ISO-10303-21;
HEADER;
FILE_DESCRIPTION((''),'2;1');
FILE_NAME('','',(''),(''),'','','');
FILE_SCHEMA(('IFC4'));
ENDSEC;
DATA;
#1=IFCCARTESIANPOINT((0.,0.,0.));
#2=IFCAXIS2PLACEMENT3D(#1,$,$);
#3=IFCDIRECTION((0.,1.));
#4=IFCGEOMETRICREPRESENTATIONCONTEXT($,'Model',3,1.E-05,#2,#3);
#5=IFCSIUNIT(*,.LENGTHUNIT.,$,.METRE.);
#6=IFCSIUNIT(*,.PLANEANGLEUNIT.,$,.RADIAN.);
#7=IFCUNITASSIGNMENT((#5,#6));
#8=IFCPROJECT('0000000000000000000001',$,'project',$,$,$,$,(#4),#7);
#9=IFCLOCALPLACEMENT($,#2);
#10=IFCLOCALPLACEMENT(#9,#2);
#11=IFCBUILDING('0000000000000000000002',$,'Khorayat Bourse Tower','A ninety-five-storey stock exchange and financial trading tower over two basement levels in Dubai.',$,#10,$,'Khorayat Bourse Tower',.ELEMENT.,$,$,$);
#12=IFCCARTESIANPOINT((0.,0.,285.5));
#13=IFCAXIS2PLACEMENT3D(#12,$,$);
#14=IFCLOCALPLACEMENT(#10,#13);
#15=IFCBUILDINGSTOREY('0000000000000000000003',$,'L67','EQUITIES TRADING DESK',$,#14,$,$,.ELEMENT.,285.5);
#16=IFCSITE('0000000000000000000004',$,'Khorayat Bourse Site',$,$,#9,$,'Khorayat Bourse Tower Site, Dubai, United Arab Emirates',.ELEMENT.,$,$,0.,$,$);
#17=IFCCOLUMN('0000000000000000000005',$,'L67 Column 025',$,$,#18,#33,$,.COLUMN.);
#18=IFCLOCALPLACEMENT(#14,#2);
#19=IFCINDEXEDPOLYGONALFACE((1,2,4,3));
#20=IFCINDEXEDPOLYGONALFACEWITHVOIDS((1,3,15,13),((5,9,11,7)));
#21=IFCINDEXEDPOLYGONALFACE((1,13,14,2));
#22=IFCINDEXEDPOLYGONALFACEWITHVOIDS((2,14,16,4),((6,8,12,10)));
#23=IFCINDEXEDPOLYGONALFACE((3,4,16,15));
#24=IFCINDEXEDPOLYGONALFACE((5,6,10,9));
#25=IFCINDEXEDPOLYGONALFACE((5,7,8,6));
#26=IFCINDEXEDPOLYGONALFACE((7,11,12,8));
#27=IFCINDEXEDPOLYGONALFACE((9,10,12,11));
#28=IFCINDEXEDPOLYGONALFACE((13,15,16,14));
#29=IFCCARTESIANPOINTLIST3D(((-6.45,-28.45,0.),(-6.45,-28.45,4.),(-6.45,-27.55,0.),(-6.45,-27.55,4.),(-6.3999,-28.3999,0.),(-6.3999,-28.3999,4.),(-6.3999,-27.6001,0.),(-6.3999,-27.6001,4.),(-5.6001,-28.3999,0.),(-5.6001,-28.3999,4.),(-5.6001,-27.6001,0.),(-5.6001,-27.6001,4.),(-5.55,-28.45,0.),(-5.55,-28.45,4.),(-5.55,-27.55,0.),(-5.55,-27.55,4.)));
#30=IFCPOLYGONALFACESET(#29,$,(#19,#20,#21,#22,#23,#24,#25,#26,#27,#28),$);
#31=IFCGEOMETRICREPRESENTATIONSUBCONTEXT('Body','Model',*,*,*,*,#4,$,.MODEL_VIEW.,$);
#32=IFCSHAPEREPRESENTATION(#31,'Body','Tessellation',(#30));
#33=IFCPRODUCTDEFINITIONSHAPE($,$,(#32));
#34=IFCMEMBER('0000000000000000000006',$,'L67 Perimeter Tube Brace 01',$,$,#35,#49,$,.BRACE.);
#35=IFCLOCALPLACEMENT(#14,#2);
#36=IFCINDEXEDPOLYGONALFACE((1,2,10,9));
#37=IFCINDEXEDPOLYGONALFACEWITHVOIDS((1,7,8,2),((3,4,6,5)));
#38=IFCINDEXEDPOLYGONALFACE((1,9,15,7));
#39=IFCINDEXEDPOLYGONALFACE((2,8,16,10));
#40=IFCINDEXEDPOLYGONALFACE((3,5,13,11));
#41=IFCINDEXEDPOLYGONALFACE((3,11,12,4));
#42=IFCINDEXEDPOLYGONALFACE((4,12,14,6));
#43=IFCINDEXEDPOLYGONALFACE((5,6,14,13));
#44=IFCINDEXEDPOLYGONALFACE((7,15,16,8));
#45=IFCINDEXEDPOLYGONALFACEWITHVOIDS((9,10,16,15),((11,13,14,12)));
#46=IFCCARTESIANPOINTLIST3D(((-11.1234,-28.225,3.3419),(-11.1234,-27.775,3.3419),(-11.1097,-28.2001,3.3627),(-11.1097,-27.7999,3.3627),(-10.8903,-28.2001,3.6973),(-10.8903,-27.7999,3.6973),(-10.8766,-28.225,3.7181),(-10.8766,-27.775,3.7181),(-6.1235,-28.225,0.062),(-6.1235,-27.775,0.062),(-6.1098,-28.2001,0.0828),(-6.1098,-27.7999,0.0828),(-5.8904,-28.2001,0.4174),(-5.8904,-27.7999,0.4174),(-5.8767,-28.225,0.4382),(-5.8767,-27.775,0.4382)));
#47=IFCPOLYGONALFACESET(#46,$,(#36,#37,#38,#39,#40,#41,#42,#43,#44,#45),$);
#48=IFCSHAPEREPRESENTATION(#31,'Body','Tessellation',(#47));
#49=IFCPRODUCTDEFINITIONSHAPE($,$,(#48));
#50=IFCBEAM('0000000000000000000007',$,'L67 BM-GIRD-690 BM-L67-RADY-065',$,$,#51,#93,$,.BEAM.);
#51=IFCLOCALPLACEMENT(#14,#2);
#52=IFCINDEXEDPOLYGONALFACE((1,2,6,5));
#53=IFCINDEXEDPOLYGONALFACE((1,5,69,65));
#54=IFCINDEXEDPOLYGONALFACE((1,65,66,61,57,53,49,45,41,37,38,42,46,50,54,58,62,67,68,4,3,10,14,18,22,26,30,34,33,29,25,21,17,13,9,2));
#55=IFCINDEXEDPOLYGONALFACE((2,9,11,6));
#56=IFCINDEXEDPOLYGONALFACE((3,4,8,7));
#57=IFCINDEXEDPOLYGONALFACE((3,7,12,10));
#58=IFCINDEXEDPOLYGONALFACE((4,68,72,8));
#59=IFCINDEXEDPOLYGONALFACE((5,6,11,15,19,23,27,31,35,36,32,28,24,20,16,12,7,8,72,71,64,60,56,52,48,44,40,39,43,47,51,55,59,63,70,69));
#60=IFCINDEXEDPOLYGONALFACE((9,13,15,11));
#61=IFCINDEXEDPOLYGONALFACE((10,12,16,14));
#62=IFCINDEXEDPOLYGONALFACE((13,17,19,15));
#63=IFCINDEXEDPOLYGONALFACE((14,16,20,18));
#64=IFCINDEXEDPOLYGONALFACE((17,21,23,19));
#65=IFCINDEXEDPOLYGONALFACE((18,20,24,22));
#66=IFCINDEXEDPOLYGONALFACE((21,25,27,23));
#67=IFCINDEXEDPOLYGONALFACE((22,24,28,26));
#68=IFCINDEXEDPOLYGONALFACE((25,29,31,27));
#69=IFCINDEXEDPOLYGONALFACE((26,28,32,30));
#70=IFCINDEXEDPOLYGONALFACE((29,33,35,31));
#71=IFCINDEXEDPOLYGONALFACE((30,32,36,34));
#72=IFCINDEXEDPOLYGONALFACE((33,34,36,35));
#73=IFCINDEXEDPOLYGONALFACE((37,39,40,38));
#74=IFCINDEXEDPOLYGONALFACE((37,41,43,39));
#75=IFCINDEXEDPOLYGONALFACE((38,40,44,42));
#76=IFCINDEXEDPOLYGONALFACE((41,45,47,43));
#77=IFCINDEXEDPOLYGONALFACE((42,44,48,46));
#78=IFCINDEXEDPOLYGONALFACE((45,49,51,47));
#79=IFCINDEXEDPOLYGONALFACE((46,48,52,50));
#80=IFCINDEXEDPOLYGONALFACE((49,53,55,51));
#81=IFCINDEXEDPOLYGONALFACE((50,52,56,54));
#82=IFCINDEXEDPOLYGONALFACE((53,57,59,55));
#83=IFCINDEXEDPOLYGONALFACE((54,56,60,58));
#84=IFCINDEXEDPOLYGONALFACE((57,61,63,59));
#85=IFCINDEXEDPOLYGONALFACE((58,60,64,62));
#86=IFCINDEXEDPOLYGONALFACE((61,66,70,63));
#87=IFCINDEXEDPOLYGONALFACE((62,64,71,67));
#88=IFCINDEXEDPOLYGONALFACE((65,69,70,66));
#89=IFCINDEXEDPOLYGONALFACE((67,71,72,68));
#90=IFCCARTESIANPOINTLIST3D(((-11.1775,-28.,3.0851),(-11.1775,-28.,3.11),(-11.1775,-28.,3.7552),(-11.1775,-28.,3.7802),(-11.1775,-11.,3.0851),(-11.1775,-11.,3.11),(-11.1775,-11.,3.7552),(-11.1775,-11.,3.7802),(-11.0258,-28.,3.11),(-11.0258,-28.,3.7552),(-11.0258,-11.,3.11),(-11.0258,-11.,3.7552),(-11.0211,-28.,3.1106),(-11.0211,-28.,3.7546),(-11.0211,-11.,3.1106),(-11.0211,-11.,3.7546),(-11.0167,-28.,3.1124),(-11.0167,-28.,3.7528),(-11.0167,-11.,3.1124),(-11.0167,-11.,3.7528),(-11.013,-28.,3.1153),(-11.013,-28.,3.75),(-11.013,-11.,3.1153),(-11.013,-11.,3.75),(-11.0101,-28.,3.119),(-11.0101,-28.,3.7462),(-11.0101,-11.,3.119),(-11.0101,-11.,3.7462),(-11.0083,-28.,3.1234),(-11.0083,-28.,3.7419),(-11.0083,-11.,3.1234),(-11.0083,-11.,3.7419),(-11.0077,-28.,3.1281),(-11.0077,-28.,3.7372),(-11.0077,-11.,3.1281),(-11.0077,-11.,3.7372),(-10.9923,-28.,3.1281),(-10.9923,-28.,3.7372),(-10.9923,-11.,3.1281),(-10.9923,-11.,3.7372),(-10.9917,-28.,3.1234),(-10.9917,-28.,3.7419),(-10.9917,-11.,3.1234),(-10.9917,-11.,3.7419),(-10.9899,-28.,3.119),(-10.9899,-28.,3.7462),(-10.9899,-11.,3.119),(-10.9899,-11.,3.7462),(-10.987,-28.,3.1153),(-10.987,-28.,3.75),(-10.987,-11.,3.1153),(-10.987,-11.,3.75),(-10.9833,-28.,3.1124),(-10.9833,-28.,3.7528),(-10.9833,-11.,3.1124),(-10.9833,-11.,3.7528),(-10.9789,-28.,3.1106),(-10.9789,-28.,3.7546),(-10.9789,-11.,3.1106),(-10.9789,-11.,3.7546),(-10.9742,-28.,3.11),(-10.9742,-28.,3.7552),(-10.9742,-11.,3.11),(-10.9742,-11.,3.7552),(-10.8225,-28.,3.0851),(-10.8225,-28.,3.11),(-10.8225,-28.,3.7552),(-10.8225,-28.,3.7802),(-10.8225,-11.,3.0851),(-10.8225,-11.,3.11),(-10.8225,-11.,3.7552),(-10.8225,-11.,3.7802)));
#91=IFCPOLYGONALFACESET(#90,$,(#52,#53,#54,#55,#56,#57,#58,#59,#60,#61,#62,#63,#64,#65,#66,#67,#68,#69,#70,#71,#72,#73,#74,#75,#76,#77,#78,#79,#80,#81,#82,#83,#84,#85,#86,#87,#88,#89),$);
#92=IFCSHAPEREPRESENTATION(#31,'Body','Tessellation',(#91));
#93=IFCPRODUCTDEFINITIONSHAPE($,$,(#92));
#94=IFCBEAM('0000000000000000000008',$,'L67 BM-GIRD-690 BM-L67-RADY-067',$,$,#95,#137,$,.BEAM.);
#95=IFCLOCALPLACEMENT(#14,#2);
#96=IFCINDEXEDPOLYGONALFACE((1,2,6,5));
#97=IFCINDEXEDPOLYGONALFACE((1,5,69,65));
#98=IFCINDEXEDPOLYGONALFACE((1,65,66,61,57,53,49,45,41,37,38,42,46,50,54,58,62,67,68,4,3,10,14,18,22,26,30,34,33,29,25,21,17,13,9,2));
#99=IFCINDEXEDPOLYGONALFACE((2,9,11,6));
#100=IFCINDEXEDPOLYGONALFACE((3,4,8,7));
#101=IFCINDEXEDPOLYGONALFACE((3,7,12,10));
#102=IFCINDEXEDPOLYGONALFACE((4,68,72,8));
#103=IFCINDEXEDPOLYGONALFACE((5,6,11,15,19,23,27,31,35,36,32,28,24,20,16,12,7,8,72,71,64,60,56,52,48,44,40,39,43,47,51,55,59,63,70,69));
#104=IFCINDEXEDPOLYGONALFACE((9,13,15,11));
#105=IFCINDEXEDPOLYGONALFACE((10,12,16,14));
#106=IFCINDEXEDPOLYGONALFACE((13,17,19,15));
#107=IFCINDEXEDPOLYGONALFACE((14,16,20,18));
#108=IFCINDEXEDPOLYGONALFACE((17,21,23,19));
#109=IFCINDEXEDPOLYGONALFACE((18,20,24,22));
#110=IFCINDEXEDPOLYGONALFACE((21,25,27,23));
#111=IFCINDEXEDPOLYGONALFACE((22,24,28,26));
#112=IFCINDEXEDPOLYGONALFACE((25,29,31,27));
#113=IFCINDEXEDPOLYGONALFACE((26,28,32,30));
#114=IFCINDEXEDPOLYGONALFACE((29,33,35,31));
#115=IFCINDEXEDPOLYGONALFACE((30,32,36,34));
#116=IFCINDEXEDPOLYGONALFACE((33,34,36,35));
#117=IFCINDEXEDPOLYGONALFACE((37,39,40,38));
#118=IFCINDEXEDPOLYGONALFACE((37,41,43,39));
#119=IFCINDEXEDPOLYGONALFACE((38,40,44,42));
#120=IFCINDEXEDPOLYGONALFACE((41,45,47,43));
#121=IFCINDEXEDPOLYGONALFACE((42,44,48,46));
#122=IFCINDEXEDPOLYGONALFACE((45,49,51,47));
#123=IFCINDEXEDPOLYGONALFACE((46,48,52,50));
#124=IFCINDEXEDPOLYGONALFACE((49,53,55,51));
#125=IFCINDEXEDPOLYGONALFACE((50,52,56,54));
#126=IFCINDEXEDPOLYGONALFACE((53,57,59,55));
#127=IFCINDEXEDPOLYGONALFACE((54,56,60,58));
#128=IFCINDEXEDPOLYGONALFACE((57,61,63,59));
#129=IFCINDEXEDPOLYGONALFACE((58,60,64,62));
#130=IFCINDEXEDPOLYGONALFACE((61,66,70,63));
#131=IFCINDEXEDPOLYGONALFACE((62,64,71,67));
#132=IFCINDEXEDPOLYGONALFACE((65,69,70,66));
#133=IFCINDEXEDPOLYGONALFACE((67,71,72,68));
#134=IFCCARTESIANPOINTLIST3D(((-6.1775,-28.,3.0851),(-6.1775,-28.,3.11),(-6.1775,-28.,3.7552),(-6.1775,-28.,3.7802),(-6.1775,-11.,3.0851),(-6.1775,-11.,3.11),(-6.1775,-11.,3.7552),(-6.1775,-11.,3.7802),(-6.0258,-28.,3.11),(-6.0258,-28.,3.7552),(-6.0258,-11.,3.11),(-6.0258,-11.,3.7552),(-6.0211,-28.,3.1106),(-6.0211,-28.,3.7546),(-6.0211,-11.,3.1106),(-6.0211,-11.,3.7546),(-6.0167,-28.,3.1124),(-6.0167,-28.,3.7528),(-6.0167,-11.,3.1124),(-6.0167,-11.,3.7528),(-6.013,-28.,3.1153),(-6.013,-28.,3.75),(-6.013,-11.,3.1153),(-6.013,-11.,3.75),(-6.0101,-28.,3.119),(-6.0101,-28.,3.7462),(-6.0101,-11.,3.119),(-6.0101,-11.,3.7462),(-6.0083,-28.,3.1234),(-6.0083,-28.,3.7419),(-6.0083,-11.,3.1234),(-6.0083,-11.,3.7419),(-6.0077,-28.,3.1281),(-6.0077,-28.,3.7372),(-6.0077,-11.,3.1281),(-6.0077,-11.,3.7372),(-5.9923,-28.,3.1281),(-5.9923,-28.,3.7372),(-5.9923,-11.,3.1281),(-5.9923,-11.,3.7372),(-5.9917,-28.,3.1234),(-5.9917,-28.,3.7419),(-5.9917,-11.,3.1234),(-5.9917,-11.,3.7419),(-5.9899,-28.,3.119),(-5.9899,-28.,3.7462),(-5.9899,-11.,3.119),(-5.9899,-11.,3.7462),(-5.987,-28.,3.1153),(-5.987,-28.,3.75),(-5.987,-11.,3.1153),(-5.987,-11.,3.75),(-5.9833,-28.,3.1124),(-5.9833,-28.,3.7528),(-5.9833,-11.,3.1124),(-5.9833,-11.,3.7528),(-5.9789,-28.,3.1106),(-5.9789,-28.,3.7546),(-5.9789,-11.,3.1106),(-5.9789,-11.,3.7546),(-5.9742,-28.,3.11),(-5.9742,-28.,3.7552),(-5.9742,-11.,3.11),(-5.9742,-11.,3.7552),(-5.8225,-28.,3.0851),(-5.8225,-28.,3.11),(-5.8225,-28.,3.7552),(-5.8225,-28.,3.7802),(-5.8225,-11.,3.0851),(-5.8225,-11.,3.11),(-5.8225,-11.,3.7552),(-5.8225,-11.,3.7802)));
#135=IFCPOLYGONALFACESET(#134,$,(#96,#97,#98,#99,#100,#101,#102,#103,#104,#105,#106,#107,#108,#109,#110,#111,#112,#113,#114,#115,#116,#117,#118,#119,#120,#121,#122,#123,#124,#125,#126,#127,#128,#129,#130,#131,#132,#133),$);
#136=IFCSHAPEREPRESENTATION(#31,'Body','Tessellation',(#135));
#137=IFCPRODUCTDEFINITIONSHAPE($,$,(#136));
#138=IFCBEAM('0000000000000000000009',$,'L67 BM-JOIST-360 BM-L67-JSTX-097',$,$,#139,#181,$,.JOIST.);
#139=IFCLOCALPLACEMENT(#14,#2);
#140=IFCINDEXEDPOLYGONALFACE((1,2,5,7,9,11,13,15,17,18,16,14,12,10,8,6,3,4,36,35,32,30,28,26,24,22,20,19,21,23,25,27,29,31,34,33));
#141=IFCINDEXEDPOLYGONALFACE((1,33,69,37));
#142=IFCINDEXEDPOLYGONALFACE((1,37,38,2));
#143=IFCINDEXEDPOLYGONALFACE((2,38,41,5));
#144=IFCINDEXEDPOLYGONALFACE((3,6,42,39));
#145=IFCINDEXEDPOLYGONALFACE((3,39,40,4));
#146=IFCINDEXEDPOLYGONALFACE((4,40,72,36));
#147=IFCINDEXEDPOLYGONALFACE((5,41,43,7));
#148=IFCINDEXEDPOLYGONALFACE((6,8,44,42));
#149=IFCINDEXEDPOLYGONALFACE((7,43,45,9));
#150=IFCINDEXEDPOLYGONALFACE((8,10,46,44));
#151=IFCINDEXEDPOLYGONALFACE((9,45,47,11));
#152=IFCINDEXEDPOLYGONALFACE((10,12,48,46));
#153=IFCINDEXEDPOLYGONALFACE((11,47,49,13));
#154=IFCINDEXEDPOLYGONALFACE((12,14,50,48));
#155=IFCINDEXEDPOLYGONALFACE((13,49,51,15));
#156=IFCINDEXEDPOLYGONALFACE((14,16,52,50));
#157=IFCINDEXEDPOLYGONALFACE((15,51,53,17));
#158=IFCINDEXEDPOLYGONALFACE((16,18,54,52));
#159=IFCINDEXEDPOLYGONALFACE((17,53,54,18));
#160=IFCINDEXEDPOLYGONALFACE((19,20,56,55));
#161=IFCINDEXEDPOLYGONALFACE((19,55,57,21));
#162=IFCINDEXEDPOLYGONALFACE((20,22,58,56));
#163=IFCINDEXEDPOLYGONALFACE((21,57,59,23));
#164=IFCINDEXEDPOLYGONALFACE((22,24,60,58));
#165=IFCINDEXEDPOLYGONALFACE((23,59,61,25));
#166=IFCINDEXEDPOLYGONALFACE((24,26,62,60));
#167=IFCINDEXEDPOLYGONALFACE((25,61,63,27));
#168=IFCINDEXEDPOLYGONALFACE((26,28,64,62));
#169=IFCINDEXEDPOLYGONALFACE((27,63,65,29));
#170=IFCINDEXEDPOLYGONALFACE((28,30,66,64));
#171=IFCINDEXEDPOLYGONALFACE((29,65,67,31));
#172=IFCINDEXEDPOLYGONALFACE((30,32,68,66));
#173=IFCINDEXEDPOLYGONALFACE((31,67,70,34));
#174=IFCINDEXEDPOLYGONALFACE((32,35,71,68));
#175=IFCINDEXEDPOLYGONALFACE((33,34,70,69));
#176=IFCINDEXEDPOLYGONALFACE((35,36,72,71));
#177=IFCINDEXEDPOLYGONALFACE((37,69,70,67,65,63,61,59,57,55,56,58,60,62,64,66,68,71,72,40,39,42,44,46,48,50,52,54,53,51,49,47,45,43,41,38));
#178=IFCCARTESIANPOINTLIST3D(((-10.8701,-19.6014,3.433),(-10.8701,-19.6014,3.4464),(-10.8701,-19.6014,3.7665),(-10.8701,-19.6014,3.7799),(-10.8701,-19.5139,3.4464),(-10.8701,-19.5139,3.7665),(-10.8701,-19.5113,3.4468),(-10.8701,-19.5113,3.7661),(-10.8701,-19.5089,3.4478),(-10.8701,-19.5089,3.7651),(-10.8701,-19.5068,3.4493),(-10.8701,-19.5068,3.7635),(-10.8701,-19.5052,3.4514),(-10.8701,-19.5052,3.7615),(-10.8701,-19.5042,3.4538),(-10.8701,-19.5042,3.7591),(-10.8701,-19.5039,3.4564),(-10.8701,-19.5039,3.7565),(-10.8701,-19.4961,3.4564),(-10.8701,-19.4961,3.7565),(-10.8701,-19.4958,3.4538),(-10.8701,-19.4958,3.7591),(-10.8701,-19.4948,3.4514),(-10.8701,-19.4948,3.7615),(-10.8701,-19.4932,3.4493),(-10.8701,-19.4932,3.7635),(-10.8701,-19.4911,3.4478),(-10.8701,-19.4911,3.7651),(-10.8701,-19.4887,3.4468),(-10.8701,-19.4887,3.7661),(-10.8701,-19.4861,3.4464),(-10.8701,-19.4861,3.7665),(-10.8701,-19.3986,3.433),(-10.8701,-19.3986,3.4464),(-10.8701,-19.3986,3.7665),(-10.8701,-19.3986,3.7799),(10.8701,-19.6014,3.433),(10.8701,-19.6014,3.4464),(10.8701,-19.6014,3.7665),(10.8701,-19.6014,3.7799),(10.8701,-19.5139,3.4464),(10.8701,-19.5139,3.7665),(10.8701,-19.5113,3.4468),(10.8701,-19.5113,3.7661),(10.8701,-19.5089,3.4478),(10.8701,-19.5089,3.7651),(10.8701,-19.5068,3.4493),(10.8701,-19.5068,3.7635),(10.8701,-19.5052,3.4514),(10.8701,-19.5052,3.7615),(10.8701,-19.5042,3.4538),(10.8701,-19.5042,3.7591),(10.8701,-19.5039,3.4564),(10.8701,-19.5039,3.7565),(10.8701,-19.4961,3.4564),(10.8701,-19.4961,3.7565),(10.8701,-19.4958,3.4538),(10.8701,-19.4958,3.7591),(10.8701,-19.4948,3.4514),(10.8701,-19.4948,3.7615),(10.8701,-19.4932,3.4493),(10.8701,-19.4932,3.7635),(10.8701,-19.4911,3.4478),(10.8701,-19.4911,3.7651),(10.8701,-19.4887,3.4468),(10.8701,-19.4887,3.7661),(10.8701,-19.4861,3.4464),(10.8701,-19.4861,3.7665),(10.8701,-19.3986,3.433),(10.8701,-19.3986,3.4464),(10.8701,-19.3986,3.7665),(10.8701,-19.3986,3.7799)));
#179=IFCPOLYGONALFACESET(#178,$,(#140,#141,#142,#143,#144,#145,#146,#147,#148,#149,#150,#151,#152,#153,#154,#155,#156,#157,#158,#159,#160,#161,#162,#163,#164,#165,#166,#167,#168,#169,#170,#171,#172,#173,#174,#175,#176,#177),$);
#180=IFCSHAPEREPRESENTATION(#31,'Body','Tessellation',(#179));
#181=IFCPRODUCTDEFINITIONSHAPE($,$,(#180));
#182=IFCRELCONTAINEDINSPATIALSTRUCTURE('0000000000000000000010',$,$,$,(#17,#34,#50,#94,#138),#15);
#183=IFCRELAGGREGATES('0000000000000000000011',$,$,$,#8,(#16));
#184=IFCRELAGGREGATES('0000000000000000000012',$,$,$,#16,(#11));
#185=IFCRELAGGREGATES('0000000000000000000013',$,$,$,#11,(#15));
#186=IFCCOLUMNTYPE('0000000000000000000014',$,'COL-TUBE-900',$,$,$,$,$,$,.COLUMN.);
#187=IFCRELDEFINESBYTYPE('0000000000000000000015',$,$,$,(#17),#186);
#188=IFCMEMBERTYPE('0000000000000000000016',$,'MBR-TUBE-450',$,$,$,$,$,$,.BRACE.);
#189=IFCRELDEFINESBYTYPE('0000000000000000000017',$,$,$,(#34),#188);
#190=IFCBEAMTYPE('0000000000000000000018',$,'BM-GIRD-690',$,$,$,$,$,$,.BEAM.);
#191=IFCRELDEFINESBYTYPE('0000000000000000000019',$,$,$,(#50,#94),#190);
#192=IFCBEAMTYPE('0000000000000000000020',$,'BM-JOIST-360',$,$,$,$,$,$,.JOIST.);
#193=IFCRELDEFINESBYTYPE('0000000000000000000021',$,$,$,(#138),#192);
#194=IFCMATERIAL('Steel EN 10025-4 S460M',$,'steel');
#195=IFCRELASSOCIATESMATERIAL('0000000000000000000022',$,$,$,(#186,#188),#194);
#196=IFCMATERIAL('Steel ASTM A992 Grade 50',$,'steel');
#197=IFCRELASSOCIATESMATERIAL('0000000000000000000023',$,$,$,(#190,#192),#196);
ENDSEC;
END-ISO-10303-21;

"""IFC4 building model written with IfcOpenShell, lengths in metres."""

from ifc_helpers import new_model, si_unit, direction, frame, origin, origin_2d, place, context, subcontext, project, spatial, hollow_rectangle, i_section, extrude, source, transform, mapped, material, material_profile, profile_set, type_object, element, save


model = new_model("IFC4")

# Units and contexts
model_context = context("Model", 3, precision=1e-05, world=origin(), true_north=direction((0.0, 1.0)))
body_context = subcontext(model_context, "Body", "Model", "MODEL_VIEW")
ifc_project = project(units=[si_unit("LENGTHUNIT", "METRE"), si_unit("PLANEANGLEUNIT", "RADIAN")], contexts=[model_context])

# Site, building, storey
site_placement = place(None, origin())
site = spatial("IfcSite", under=ifc_project, at=site_placement, Name="Khorayat Bourse Site", LongName="Khorayat Bourse Tower Site, Dubai, United Arab Emirates", CompositionType="ELEMENT", RefElevation=0.0)
building_placement = place(site_placement, origin())
building = spatial("IfcBuilding", under=site, at=building_placement, Name="Khorayat Bourse Tower", Description="A ninety-five-storey stock exchange and financial trading tower over two basement levels in Dubai.", LongName="Khorayat Bourse Tower", CompositionType="ELEMENT")
storey_placement = place(building_placement, frame((0.0, 0.0, 285.5)))
storey = spatial("IfcBuildingStorey", under=building, at=storey_placement, Name="L67", Description="EQUITIES TRADING DESK", CompositionType="ELEMENT", Elevation=285.5)

# Column
ifc_material_1 = material(Name="Steel EN 10025-4 S460M", Category="steel")
ifc_material_profile_1 = material_profile(ifc_material_1, hollow_rectangle(XDim=0.8999, YDim=0.8999, WallThickness=0.05, at=origin_2d()), Name="BOX 900x900x50")
ifc_profile_set_1 = profile_set([ifc_material_profile_1], Name="Steel EN 10025-4 S460M")
column_type = type_object("IfcColumnType", Name="COL-TUBE-900", PredefinedType="COLUMN", material=ifc_profile_set_1)
shared_shape_1 = source(origin(), body_context, "Body", "SweptSolid", [
    extrude(hollow_rectangle(XDim=0.8999, YDim=0.8999, WallThickness=0.05, at=origin_2d()), origin(), (0.0, 0.0, 1.0), 4.0),
])
column_placement = place(storey_placement, frame((-6.0, -28.0, 0.0), z_axis=(0.0, 0.0, 1.0), x_axis=(1.0, 0.0, 0.0)))
element("IfcColumn", 1, at=column_placement, inside=storey, type_object=column_type, Name="L67 Column 025", PredefinedType="COLUMN", context=body_context, shape_type="MappedRepresentation", body=[
    mapped(shared_shape_1, transform((0.0, 0.0, 0.0), scale=1.0)),
])

# Member
ifc_material_profile_2 = material_profile(ifc_material_1, hollow_rectangle(XDim=0.45, YDim=0.45, WallThickness=0.0249, at=origin_2d()), Name="HSS 450x450x25")
ifc_profile_set_2 = profile_set([ifc_material_profile_2], Name="Steel EN 10025-4 S460M")
member_type = type_object("IfcMemberType", Name="MBR-TUBE-450", PredefinedType="BRACE", material=ifc_profile_set_2)
shared_shape_2 = source(origin(), body_context, "Body", "SweptSolid", [
    extrude(hollow_rectangle(XDim=0.45, YDim=0.45, WallThickness=0.0249, at=origin_2d()), origin(), (0.0, 0.0, 1.0), 5.9797),
])
member_placement = place(storey_placement, frame((-11.0, -28.0, 3.53), z_axis=(0.836142, 0.0, -0.548514), x_axis=(0.0, 1.0, 0.0)))
element("IfcMember", 2, at=member_placement, inside=storey, type_object=member_type, Name="L67 Perimeter Tube Brace 01", PredefinedType="BRACE", context=body_context, shape_type="MappedRepresentation", body=[
    mapped(shared_shape_2, transform((0.0, 0.0, 0.0), scale=1.0)),
])

# Beams
ifc_material_2 = material(Name="Steel ASTM A992 Grade 50", Category="steel")
ifc_material_profile_3 = material_profile(ifc_material_2, i_section(OverallWidth=0.355, OverallDepth=0.6951, WebThickness=0.0154, FlangeThickness=0.0249, FilletRadius=0.0181, at=origin_2d()), Name="W690X217")
ifc_profile_set_3 = profile_set([ifc_material_profile_3], Name="Steel ASTM A992 Grade 50")
beam_type_1 = type_object("IfcBeamType", Name="BM-GIRD-690", PredefinedType="BEAM", material=ifc_profile_set_3)
shared_shape_3 = source(origin(), body_context, "Body", "SweptSolid", [
    extrude(i_section(OverallWidth=0.355, OverallDepth=0.6951, WebThickness=0.0154, FlangeThickness=0.0249, FilletRadius=0.0181, at=origin_2d()), origin(), (0.0, 0.0, 1.0), 17.0),
])
for number, where, z_axis, x_axis, name in (
    (3, (-11.0, -28.0, 3.4326), (0.0, 1.0, 0.0), (-1.0, 0.0, 0.0), "L67 BM-GIRD-690 BM-L67-RADY-065"),
    (4, (-6.0, -28.0, 3.4326), (0.0, 1.0, 0.0), (-1.0, 0.0, 0.0), "L67 BM-GIRD-690 BM-L67-RADY-067"),
):
    element("IfcBeam", number, at=place(storey_placement, frame(where, z_axis=z_axis, x_axis=x_axis)), inside=storey, type_object=beam_type_1, Name=name, PredefinedType="BEAM", context=body_context, shape_type="MappedRepresentation", body=[
        mapped(shared_shape_3, transform((0.0, 0.0, 0.0), scale=1.0)),
    ])
ifc_material_profile_4 = material_profile(ifc_material_2, i_section(OverallWidth=0.2029, OverallDepth=0.3469, WebThickness=0.0078, FlangeThickness=0.0134, FilletRadius=0.01, at=origin_2d()), Name="W360X64")
ifc_profile_set_4 = profile_set([ifc_material_profile_4], Name="Steel ASTM A992 Grade 50")
beam_type_2 = type_object("IfcBeamType", Name="BM-JOIST-360", PredefinedType="JOIST", material=ifc_profile_set_4)
shared_shape_4 = source(origin(), body_context, "Body", "SweptSolid", [
    extrude(i_section(OverallWidth=0.2029, OverallDepth=0.3469, WebThickness=0.0078, FlangeThickness=0.0134, FilletRadius=0.01, at=origin_2d()), origin(), (0.0, 0.0, 1.0), 21.7402),
])
beam_1_placement = place(storey_placement, frame((-10.8701, -19.5, 3.6064), z_axis=(1.0, 0.0, 0.0), x_axis=(0.0, 1.0, 0.0)))
element("IfcBeam", 5, at=beam_1_placement, inside=storey, type_object=beam_type_2, Name="L67 BM-JOIST-360 BM-L67-JSTX-097", PredefinedType="JOIST", context=body_context, shape_type="MappedRepresentation", body=[
    mapped(shared_shape_4, transform((0.0, 0.0, 0.0), scale=1.0)),
])

save(model, "model.ifc")
